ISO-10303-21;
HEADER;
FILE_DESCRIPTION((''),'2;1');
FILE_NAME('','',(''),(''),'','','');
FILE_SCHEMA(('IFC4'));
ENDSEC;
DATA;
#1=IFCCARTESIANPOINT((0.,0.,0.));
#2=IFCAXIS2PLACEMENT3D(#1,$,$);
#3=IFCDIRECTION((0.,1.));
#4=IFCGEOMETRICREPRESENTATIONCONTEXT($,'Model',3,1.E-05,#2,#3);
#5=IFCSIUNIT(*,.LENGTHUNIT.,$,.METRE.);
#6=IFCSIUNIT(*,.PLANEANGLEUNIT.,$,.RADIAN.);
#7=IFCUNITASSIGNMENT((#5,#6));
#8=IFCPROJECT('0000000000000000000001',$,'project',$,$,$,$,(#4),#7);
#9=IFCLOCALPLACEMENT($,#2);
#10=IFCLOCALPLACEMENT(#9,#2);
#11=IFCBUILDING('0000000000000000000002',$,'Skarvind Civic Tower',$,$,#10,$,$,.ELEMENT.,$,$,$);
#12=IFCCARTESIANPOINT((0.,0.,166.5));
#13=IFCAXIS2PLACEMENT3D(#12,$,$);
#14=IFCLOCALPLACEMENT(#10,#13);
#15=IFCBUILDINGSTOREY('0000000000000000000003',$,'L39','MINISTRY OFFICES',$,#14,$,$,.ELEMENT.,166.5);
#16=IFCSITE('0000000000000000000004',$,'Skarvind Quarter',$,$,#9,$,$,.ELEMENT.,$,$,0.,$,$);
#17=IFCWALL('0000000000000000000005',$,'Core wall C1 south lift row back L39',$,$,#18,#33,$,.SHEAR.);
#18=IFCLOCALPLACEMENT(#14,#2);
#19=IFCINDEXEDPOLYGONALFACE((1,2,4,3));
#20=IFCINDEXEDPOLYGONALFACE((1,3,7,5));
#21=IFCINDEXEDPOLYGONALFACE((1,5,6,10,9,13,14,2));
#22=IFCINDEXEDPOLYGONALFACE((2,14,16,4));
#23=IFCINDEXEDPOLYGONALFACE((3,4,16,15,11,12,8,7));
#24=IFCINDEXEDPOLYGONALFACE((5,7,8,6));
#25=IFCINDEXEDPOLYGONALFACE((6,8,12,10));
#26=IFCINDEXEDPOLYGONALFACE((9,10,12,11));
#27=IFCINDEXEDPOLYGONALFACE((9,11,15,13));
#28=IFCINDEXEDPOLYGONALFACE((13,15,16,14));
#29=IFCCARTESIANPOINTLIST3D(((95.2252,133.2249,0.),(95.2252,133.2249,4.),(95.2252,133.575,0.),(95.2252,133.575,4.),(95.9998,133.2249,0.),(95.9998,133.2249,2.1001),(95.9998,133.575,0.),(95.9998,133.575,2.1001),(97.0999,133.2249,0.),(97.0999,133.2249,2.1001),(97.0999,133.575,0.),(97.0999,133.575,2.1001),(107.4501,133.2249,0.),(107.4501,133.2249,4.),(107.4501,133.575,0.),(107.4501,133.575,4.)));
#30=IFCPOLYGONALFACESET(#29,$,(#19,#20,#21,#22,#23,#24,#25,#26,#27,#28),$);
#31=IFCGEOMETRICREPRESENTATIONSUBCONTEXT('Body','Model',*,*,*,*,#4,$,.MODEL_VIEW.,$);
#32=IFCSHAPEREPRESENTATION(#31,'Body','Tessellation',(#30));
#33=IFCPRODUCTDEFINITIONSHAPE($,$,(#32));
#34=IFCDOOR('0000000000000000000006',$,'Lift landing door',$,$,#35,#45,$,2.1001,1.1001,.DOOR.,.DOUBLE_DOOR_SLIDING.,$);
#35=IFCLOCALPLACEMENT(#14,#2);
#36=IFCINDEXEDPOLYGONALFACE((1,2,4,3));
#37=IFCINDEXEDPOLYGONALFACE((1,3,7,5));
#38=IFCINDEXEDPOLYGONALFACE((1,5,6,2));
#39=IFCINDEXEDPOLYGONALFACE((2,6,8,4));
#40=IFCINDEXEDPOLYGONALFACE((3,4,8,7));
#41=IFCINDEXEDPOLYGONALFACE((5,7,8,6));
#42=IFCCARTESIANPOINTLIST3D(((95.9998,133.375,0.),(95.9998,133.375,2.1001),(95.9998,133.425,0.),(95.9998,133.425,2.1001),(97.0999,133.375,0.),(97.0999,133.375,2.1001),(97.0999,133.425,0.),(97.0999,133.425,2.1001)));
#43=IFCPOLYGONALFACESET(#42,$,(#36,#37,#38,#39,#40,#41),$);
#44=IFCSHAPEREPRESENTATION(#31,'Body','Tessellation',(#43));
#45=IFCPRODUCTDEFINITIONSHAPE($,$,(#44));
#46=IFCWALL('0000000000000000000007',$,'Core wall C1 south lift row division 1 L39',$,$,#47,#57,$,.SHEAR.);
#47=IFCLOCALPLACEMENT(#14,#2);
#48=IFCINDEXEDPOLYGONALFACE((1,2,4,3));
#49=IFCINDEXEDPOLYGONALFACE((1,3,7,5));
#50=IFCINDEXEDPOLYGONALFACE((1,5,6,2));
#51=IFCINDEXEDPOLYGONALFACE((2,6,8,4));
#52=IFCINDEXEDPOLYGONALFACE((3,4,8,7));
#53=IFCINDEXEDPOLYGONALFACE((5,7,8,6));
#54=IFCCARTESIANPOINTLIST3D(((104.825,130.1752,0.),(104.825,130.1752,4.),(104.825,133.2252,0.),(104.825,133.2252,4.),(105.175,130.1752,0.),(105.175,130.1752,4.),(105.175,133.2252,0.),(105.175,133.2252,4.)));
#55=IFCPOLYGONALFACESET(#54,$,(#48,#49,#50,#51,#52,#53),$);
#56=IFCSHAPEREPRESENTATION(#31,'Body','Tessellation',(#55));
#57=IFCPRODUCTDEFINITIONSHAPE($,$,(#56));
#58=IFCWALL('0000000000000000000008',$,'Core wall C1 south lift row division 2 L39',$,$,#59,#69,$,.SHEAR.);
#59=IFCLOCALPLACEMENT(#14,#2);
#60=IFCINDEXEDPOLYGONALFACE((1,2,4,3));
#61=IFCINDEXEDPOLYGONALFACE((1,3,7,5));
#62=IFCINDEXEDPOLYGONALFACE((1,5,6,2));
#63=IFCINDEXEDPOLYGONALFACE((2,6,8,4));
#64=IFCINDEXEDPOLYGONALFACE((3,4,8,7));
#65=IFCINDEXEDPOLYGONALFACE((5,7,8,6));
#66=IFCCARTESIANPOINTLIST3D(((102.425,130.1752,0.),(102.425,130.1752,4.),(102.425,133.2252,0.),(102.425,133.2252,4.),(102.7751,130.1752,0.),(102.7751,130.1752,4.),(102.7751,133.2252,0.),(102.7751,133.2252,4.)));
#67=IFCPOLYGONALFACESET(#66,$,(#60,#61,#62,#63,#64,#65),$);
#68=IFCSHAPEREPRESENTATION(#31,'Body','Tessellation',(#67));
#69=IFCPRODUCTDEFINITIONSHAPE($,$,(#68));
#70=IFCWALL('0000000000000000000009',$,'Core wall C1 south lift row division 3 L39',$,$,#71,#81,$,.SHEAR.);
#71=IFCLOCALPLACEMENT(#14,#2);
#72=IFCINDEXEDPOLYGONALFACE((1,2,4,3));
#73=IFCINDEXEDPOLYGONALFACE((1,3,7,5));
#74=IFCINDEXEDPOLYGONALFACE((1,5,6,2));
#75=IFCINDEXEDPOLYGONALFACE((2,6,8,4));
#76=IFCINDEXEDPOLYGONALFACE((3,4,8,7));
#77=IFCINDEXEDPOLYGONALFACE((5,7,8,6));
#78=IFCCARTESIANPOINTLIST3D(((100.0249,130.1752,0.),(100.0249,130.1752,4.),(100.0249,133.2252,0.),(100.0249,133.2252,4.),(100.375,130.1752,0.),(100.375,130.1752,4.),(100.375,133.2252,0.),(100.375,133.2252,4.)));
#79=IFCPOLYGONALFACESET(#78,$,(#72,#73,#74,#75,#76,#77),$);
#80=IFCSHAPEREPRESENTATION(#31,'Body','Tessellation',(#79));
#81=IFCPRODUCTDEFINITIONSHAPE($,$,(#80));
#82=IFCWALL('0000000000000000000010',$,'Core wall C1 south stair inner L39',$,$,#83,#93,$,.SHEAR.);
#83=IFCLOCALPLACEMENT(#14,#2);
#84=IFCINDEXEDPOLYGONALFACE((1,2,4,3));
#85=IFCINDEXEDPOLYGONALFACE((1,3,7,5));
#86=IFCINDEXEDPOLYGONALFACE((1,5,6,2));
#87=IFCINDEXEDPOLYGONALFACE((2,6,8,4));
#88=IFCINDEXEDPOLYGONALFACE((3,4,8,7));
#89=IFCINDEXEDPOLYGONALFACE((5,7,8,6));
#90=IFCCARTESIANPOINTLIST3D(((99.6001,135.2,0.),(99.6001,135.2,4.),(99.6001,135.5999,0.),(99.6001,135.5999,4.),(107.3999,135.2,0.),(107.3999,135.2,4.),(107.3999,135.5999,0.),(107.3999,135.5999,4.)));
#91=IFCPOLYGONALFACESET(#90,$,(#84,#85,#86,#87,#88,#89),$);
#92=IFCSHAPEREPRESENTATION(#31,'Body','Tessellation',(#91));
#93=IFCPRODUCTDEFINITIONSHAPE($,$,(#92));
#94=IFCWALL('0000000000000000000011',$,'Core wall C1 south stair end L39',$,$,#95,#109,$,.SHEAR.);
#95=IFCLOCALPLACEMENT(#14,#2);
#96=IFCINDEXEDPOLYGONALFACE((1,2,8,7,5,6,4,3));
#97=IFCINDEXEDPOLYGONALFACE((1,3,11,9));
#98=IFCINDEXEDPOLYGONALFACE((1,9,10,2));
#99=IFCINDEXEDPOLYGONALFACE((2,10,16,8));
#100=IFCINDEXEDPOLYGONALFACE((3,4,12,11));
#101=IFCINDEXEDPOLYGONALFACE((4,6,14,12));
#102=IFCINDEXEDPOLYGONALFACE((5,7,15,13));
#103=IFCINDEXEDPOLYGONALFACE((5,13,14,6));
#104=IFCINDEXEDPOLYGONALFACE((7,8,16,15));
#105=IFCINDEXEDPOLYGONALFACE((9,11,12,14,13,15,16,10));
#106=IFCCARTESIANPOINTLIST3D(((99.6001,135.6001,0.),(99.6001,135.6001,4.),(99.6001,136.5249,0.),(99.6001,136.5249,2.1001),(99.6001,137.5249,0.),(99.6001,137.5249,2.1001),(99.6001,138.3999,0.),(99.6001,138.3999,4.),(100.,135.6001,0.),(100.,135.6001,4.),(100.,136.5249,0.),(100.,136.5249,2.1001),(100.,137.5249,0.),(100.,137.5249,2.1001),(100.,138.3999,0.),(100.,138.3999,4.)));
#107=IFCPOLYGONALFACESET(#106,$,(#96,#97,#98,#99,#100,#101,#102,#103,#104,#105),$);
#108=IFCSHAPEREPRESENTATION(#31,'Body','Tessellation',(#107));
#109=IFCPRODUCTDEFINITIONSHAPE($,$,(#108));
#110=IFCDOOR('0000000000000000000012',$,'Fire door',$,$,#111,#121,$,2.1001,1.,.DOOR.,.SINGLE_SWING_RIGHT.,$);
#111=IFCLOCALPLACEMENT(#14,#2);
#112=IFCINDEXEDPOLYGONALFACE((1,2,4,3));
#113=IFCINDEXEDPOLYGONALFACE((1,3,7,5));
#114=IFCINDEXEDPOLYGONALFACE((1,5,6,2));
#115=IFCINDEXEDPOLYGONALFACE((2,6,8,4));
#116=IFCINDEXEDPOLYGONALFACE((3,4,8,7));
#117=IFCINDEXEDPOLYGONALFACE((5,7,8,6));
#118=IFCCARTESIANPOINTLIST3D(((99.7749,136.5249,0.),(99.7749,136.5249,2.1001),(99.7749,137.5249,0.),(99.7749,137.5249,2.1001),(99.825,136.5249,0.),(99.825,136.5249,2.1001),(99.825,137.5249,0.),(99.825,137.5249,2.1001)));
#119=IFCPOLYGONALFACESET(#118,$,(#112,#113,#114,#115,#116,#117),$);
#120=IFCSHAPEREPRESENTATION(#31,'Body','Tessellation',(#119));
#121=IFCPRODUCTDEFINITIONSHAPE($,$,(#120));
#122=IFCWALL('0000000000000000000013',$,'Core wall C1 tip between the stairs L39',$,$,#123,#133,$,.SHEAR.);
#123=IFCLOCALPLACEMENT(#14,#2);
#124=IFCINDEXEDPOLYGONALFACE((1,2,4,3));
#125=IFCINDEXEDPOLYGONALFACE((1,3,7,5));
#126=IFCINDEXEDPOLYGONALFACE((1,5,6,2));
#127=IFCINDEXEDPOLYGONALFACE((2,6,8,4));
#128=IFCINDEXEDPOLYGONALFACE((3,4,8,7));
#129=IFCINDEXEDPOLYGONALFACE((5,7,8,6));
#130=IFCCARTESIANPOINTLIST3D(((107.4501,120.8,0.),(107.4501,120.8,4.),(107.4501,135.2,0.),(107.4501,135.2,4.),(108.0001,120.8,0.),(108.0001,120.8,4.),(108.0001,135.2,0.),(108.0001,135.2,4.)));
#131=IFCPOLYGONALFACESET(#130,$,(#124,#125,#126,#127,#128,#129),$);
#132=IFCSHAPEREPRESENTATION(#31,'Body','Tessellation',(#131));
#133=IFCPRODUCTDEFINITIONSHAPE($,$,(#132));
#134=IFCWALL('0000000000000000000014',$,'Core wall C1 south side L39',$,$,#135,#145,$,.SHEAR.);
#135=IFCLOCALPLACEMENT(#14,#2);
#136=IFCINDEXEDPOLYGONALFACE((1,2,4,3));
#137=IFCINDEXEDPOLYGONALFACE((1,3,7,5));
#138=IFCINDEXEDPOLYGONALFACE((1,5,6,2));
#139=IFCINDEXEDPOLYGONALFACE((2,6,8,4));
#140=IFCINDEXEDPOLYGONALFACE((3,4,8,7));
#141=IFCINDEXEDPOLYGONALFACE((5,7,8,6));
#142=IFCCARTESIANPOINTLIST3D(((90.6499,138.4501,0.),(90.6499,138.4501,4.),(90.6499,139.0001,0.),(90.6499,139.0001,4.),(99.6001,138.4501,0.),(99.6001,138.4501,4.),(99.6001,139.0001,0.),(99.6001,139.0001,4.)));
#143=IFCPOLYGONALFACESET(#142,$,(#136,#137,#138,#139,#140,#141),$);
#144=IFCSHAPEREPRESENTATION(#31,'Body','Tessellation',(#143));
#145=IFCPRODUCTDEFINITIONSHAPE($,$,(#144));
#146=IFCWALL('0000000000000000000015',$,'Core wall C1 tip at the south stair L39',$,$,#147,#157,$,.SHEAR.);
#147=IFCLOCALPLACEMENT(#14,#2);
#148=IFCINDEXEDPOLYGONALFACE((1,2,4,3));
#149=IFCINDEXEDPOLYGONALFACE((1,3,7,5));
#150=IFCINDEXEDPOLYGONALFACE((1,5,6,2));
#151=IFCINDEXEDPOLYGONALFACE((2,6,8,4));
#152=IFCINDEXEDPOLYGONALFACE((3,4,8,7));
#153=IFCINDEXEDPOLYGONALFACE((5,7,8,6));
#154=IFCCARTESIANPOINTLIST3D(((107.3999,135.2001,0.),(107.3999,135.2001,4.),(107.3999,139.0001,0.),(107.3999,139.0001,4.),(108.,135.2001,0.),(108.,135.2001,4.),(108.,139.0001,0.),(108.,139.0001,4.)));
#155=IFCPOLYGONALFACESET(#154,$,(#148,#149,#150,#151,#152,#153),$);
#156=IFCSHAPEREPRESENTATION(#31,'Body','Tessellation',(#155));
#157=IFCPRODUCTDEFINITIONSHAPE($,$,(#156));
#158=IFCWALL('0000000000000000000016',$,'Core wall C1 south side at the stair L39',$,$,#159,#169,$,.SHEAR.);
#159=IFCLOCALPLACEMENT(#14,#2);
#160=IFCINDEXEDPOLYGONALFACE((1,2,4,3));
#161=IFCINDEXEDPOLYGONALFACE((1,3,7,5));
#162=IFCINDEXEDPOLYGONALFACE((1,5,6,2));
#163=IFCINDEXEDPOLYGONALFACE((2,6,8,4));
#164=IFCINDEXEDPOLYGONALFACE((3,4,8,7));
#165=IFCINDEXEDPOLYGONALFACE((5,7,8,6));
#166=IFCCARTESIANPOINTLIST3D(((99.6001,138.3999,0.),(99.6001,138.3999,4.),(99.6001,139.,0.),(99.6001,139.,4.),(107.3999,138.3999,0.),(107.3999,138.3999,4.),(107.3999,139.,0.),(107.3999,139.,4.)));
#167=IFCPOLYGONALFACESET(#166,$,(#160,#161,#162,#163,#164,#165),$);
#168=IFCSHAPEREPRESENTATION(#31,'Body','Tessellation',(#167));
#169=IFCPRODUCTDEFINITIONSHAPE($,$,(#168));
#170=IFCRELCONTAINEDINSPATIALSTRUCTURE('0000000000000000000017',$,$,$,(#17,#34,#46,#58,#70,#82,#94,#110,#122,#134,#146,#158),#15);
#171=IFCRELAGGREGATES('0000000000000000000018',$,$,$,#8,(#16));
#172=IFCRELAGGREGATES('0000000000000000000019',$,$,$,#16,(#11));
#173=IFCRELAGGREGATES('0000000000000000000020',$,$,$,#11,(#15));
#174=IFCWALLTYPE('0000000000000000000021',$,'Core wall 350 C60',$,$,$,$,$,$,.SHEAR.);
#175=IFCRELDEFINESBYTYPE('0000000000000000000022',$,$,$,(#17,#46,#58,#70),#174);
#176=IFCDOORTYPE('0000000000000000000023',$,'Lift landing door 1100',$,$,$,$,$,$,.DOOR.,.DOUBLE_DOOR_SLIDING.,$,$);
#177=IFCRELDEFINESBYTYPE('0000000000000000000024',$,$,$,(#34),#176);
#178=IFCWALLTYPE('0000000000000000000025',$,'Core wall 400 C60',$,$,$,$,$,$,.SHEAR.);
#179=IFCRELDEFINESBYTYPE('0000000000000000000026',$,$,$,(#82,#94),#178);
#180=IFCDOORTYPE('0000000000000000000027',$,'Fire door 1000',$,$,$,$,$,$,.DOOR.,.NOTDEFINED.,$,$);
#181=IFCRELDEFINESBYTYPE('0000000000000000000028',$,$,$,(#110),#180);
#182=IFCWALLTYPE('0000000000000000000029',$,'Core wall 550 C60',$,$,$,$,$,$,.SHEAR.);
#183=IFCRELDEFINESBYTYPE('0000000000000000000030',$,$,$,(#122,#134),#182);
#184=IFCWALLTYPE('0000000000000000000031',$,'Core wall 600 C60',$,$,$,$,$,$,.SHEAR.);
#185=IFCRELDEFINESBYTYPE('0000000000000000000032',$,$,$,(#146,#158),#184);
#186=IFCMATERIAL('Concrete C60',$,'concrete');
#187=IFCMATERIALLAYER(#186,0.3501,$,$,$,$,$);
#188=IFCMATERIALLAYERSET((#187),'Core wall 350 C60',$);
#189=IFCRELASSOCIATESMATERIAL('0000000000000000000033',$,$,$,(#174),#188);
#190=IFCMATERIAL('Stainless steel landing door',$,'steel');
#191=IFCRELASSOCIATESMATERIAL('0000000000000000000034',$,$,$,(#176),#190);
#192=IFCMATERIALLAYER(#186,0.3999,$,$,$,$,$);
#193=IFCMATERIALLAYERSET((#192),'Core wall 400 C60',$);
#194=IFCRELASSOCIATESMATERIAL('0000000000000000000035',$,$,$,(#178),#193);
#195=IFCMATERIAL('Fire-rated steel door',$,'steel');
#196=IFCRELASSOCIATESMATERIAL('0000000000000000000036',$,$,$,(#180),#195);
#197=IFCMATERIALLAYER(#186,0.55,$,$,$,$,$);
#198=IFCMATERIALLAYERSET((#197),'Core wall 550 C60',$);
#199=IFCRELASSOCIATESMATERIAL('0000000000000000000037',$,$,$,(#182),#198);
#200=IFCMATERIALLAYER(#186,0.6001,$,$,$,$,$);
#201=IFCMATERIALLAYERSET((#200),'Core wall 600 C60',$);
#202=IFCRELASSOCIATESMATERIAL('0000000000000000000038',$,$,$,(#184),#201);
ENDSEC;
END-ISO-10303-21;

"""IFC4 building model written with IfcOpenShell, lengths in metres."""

from ifc_helpers import new_model, si_unit, direction, frame, frame_2d, origin, place, context, subcontext, project, spatial, rectangle, extrude, material, layer, layer_set, type_object, element, fill, save


model = new_model("IFC4")

# Units and contexts
model_context = context("Model", 3, precision=1e-05, world=origin(), true_north=direction((0.0, 1.0)))
body_context = subcontext(model_context, "Body", "Model", "MODEL_VIEW")
ifc_project = project(units=[si_unit("LENGTHUNIT", "METRE"), si_unit("PLANEANGLEUNIT", "RADIAN")], contexts=[model_context])

# Site, building, storey
site_placement = place(None, origin())
site = spatial("IfcSite", under=ifc_project, at=site_placement, Name="Skarvind Quarter", CompositionType="ELEMENT", RefElevation=0.0)
building_placement = place(site_placement, origin())
building = spatial("IfcBuilding", under=site, at=building_placement, Name="Skarvind Civic Tower", CompositionType="ELEMENT")
storey_placement = place(building_placement, frame((0.0, 0.0, 166.5)))
storey = spatial("IfcBuildingStorey", under=building, at=storey_placement, Name="L39", Description="MINISTRY OFFICES", CompositionType="ELEMENT", Elevation=166.5)

# Wall, opening, door
ifc_material_1 = material(Name="Concrete C60", Category="concrete")
ifc_layer_1 = layer(ifc_material_1, 0.3501)
ifc_layer_set_1 = layer_set([ifc_layer_1], Name="Core wall 350 C60")
wall_type_1 = type_object("IfcWallType", Name="Core wall 350 C60", PredefinedType="SHEAR", material=ifc_layer_set_1)
wall_1_placement = place(storey_placement, frame((107.45, 133.3999, 0.0), z_axis=(0.0, 0.0, 1.0), x_axis=(-1.0, 0.0, 0.0)))
wall_1 = element("IfcWall", 1, at=wall_1_placement, inside=storey, type_object=wall_type_1, Name="Core wall C1 south lift row back L39", PredefinedType="SHEAR", context=body_context, shape_type="SweptSolid", body=[
    extrude(rectangle(XDim=12.2249, YDim=0.3501, at=frame_2d((6.1123, 0.0))), origin(), (0.0, 0.0, 1.0), 4.0),
])
opening_1_placement = place(wall_1_placement, frame((10.3501, 0.0, 0.0)))
opening_1 = element("IfcOpeningElement", 2, at=opening_1_placement, cuts=wall_1, PredefinedType="OPENING", context=body_context, shape_type="SweptSolid", body=[
    extrude(rectangle(XDim=1.1001, YDim=2.1001, at=frame_2d((0.55, 1.05))), frame((0.0, 0.1851, 0.0), z_axis=(0.0, -1.0, 0.0), x_axis=(1.0, 0.0, 0.0)), (0.0, 0.0, 1.0), 0.3701),
])
ifc_material_2 = material(Name="Stainless steel landing door", Category="steel")
door_type_1 = type_object("IfcDoorType", Name="Lift landing door 1100", OperationType="DOUBLE_DOOR_SLIDING", PredefinedType="DOOR", material=ifc_material_2)
door_1_placement = place(opening_1_placement, origin())
door_1 = element("IfcDoor", 3, at=door_1_placement, inside=storey, type_object=door_type_1, Name="Lift landing door", OperationType="DOUBLE_DOOR_SLIDING", OverallHeight=2.1001, OverallWidth=1.1001, PredefinedType="DOOR", context=body_context, shape_type="SweptSolid", body=[
    extrude(rectangle(XDim=1.1001, YDim=2.1001, at=frame_2d((0.55, 1.05))), frame((0.0, 0.0249, 0.0), z_axis=(0.0, -1.0, 0.0), x_axis=(1.0, 0.0, 0.0)), (0.0, 0.0, 1.0), 0.05),
])
fill(opening_1, door_1)

# Walls
for number, where, z_axis, x_axis, name in (
    (4, (105.0, 133.2251, 0.0), (0.0, 0.0, 1.0), (0.0, -1.0, 0.0), "Core wall C1 south lift row division 1 L39"),
    (5, (102.6001, 133.2251, 0.0), (0.0, 0.0, 1.0), (0.0, -1.0, 0.0), "Core wall C1 south lift row division 2 L39"),
    (6, (100.2, 133.2251, 0.0), (0.0, 0.0, 1.0), (0.0, -1.0, 0.0), "Core wall C1 south lift row division 3 L39"),
):
    element("IfcWall", number, at=place(storey_placement, frame(where, z_axis=z_axis, x_axis=x_axis)), inside=storey, type_object=wall_type_1, Name=name, PredefinedType="SHEAR", context=body_context, shape_type="SweptSolid", body=[
        extrude(rectangle(XDim=3.05, YDim=0.3501, at=frame_2d((1.5249, 0.0))), origin(), (0.0, 0.0, 1.0), 4.0),
    ])
ifc_layer_2 = layer(ifc_material_1, 0.3999)
ifc_layer_set_2 = layer_set([ifc_layer_2], Name="Core wall 400 C60")
wall_type_2 = type_object("IfcWallType", Name="Core wall 400 C60", PredefinedType="SHEAR", material=ifc_layer_set_2)
wall_2_placement = place(storey_placement, frame((107.3999, 135.3999, 0.0), z_axis=(0.0, 0.0, 1.0), x_axis=(-1.0, 0.0, 0.0)))
element("IfcWall", 7, at=wall_2_placement, inside=storey, type_object=wall_type_2, Name="Core wall C1 south stair inner L39", PredefinedType="SHEAR", context=body_context, shape_type="SweptSolid", body=[
    extrude(rectangle(XDim=7.7998, YDim=0.3999, at=frame_2d((3.8999, 0.0))), origin(), (0.0, 0.0, 1.0), 4.0),
])

# Wall, opening, door
wall_3_placement = place(storey_placement, frame((99.8, 138.3999, 0.0), z_axis=(0.0, 0.0, 1.0), x_axis=(0.0, -1.0, 0.0)))
wall_3 = element("IfcWall", 8, at=wall_3_placement, inside=storey, type_object=wall_type_2, Name="Core wall C1 south stair end L39", PredefinedType="SHEAR", context=body_context, shape_type="SweptSolid", body=[
    extrude(rectangle(XDim=2.7998, YDim=0.3999, at=frame_2d((1.3999, 0.0))), origin(), (0.0, 0.0, 1.0), 4.0),
])
opening_2_placement = place(wall_3_placement, frame((0.875, 0.0, 0.0)))
opening_2 = element("IfcOpeningElement", 9, at=opening_2_placement, cuts=wall_3, PredefinedType="OPENING", context=body_context, shape_type="SweptSolid", body=[
    extrude(rectangle(XDim=1.0, YDim=2.1001, at=frame_2d((0.5, 1.05))), frame((0.0, 0.21, 0.0), z_axis=(0.0, -1.0, 0.0), x_axis=(1.0, 0.0, 0.0)), (0.0, 0.0, 1.0), 0.4199),
])
ifc_material_3 = material(Name="Fire-rated steel door", Category="steel")
door_type_2 = type_object("IfcDoorType", Name="Fire door 1000", OperationType="NOTDEFINED", PredefinedType="DOOR", material=ifc_material_3)
door_2_placement = place(opening_2_placement, origin())
door_2 = element("IfcDoor", 10, at=door_2_placement, inside=storey, type_object=door_type_2, Name="Fire door", OperationType="SINGLE_SWING_RIGHT", OverallHeight=2.1001, OverallWidth=1.0, PredefinedType="DOOR", context=body_context, shape_type="SweptSolid", body=[
    extrude(rectangle(XDim=1.0, YDim=2.1001, at=frame_2d((0.5, 1.05))), frame((0.0, 0.0249, 0.0), z_axis=(0.0, -1.0, 0.0), x_axis=(1.0, 0.0, 0.0)), (0.0, 0.0, 1.0), 0.05),
])
fill(opening_2, door_2)

# Walls
ifc_layer_3 = layer(ifc_material_1, 0.55)
ifc_layer_set_3 = layer_set([ifc_layer_3], Name="Core wall 550 C60")
wall_type_3 = type_object("IfcWallType", Name="Core wall 550 C60", PredefinedType="SHEAR", material=ifc_layer_set_3)
wall_4_placement = place(storey_placement, frame((107.7251, 135.2, 0.0), z_axis=(0.0, 0.0, 1.0), x_axis=(0.0, -1.0, 0.0)))
element("IfcWall", 11, at=wall_4_placement, inside=storey, type_object=wall_type_3, Name="Core wall C1 tip between the stairs L39", PredefinedType="SHEAR", context=body_context, shape_type="SweptSolid", body=[
    extrude(rectangle(XDim=14.3999, YDim=0.55, at=frame_2d((7.2, 0.0))), origin(), (0.0, 0.0, 1.0), 4.0),
])
wall_5_placement = place(storey_placement, frame((99.6001, 138.7251, 0.0), z_axis=(0.0, 0.0, 1.0), x_axis=(-1.0, 0.0, 0.0)))
element("IfcWall", 12, at=wall_5_placement, inside=storey, type_object=wall_type_3, Name="Core wall C1 south side L39", PredefinedType="SHEAR", context=body_context, shape_type="SweptSolid", body=[
    extrude(rectangle(XDim=8.9502, YDim=0.55, at=frame_2d((4.4751, 0.0))), origin(), (0.0, 0.0, 1.0), 4.0),
])
ifc_layer_4 = layer(ifc_material_1, 0.6001)
ifc_layer_set_4 = layer_set([ifc_layer_4], Name="Core wall 600 C60")
wall_type_4 = type_object("IfcWallType", Name="Core wall 600 C60", PredefinedType="SHEAR", material=ifc_layer_set_4)
wall_6_placement = place(storey_placement, frame((107.7, 139.0, 0.0), z_axis=(0.0, 0.0, 1.0), x_axis=(0.0, -1.0, 0.0)))
element("IfcWall", 13, at=wall_6_placement, inside=storey, type_object=wall_type_4, Name="Core wall C1 tip at the south stair L39", PredefinedType="SHEAR", context=body_context, shape_type="SweptSolid", body=[
    extrude(rectangle(XDim=3.8, YDim=0.6001, at=frame_2d((1.8999, 0.0))), origin(), (0.0, 0.0, 1.0), 4.0),
])
wall_7_placement = place(storey_placement, frame((107.3999, 138.7, 0.0), z_axis=(0.0, 0.0, 1.0), x_axis=(-1.0, 0.0, 0.0)))
element("IfcWall", 14, at=wall_7_placement, inside=storey, type_object=wall_type_4, Name="Core wall C1 south side at the stair L39", PredefinedType="SHEAR", context=body_context, shape_type="SweptSolid", body=[
    extrude(rectangle(XDim=7.7998, YDim=0.6001, at=frame_2d((3.8999, 0.0))), origin(), (0.0, 0.0, 1.0), 4.0),
])

save(model, "model.ifc")
